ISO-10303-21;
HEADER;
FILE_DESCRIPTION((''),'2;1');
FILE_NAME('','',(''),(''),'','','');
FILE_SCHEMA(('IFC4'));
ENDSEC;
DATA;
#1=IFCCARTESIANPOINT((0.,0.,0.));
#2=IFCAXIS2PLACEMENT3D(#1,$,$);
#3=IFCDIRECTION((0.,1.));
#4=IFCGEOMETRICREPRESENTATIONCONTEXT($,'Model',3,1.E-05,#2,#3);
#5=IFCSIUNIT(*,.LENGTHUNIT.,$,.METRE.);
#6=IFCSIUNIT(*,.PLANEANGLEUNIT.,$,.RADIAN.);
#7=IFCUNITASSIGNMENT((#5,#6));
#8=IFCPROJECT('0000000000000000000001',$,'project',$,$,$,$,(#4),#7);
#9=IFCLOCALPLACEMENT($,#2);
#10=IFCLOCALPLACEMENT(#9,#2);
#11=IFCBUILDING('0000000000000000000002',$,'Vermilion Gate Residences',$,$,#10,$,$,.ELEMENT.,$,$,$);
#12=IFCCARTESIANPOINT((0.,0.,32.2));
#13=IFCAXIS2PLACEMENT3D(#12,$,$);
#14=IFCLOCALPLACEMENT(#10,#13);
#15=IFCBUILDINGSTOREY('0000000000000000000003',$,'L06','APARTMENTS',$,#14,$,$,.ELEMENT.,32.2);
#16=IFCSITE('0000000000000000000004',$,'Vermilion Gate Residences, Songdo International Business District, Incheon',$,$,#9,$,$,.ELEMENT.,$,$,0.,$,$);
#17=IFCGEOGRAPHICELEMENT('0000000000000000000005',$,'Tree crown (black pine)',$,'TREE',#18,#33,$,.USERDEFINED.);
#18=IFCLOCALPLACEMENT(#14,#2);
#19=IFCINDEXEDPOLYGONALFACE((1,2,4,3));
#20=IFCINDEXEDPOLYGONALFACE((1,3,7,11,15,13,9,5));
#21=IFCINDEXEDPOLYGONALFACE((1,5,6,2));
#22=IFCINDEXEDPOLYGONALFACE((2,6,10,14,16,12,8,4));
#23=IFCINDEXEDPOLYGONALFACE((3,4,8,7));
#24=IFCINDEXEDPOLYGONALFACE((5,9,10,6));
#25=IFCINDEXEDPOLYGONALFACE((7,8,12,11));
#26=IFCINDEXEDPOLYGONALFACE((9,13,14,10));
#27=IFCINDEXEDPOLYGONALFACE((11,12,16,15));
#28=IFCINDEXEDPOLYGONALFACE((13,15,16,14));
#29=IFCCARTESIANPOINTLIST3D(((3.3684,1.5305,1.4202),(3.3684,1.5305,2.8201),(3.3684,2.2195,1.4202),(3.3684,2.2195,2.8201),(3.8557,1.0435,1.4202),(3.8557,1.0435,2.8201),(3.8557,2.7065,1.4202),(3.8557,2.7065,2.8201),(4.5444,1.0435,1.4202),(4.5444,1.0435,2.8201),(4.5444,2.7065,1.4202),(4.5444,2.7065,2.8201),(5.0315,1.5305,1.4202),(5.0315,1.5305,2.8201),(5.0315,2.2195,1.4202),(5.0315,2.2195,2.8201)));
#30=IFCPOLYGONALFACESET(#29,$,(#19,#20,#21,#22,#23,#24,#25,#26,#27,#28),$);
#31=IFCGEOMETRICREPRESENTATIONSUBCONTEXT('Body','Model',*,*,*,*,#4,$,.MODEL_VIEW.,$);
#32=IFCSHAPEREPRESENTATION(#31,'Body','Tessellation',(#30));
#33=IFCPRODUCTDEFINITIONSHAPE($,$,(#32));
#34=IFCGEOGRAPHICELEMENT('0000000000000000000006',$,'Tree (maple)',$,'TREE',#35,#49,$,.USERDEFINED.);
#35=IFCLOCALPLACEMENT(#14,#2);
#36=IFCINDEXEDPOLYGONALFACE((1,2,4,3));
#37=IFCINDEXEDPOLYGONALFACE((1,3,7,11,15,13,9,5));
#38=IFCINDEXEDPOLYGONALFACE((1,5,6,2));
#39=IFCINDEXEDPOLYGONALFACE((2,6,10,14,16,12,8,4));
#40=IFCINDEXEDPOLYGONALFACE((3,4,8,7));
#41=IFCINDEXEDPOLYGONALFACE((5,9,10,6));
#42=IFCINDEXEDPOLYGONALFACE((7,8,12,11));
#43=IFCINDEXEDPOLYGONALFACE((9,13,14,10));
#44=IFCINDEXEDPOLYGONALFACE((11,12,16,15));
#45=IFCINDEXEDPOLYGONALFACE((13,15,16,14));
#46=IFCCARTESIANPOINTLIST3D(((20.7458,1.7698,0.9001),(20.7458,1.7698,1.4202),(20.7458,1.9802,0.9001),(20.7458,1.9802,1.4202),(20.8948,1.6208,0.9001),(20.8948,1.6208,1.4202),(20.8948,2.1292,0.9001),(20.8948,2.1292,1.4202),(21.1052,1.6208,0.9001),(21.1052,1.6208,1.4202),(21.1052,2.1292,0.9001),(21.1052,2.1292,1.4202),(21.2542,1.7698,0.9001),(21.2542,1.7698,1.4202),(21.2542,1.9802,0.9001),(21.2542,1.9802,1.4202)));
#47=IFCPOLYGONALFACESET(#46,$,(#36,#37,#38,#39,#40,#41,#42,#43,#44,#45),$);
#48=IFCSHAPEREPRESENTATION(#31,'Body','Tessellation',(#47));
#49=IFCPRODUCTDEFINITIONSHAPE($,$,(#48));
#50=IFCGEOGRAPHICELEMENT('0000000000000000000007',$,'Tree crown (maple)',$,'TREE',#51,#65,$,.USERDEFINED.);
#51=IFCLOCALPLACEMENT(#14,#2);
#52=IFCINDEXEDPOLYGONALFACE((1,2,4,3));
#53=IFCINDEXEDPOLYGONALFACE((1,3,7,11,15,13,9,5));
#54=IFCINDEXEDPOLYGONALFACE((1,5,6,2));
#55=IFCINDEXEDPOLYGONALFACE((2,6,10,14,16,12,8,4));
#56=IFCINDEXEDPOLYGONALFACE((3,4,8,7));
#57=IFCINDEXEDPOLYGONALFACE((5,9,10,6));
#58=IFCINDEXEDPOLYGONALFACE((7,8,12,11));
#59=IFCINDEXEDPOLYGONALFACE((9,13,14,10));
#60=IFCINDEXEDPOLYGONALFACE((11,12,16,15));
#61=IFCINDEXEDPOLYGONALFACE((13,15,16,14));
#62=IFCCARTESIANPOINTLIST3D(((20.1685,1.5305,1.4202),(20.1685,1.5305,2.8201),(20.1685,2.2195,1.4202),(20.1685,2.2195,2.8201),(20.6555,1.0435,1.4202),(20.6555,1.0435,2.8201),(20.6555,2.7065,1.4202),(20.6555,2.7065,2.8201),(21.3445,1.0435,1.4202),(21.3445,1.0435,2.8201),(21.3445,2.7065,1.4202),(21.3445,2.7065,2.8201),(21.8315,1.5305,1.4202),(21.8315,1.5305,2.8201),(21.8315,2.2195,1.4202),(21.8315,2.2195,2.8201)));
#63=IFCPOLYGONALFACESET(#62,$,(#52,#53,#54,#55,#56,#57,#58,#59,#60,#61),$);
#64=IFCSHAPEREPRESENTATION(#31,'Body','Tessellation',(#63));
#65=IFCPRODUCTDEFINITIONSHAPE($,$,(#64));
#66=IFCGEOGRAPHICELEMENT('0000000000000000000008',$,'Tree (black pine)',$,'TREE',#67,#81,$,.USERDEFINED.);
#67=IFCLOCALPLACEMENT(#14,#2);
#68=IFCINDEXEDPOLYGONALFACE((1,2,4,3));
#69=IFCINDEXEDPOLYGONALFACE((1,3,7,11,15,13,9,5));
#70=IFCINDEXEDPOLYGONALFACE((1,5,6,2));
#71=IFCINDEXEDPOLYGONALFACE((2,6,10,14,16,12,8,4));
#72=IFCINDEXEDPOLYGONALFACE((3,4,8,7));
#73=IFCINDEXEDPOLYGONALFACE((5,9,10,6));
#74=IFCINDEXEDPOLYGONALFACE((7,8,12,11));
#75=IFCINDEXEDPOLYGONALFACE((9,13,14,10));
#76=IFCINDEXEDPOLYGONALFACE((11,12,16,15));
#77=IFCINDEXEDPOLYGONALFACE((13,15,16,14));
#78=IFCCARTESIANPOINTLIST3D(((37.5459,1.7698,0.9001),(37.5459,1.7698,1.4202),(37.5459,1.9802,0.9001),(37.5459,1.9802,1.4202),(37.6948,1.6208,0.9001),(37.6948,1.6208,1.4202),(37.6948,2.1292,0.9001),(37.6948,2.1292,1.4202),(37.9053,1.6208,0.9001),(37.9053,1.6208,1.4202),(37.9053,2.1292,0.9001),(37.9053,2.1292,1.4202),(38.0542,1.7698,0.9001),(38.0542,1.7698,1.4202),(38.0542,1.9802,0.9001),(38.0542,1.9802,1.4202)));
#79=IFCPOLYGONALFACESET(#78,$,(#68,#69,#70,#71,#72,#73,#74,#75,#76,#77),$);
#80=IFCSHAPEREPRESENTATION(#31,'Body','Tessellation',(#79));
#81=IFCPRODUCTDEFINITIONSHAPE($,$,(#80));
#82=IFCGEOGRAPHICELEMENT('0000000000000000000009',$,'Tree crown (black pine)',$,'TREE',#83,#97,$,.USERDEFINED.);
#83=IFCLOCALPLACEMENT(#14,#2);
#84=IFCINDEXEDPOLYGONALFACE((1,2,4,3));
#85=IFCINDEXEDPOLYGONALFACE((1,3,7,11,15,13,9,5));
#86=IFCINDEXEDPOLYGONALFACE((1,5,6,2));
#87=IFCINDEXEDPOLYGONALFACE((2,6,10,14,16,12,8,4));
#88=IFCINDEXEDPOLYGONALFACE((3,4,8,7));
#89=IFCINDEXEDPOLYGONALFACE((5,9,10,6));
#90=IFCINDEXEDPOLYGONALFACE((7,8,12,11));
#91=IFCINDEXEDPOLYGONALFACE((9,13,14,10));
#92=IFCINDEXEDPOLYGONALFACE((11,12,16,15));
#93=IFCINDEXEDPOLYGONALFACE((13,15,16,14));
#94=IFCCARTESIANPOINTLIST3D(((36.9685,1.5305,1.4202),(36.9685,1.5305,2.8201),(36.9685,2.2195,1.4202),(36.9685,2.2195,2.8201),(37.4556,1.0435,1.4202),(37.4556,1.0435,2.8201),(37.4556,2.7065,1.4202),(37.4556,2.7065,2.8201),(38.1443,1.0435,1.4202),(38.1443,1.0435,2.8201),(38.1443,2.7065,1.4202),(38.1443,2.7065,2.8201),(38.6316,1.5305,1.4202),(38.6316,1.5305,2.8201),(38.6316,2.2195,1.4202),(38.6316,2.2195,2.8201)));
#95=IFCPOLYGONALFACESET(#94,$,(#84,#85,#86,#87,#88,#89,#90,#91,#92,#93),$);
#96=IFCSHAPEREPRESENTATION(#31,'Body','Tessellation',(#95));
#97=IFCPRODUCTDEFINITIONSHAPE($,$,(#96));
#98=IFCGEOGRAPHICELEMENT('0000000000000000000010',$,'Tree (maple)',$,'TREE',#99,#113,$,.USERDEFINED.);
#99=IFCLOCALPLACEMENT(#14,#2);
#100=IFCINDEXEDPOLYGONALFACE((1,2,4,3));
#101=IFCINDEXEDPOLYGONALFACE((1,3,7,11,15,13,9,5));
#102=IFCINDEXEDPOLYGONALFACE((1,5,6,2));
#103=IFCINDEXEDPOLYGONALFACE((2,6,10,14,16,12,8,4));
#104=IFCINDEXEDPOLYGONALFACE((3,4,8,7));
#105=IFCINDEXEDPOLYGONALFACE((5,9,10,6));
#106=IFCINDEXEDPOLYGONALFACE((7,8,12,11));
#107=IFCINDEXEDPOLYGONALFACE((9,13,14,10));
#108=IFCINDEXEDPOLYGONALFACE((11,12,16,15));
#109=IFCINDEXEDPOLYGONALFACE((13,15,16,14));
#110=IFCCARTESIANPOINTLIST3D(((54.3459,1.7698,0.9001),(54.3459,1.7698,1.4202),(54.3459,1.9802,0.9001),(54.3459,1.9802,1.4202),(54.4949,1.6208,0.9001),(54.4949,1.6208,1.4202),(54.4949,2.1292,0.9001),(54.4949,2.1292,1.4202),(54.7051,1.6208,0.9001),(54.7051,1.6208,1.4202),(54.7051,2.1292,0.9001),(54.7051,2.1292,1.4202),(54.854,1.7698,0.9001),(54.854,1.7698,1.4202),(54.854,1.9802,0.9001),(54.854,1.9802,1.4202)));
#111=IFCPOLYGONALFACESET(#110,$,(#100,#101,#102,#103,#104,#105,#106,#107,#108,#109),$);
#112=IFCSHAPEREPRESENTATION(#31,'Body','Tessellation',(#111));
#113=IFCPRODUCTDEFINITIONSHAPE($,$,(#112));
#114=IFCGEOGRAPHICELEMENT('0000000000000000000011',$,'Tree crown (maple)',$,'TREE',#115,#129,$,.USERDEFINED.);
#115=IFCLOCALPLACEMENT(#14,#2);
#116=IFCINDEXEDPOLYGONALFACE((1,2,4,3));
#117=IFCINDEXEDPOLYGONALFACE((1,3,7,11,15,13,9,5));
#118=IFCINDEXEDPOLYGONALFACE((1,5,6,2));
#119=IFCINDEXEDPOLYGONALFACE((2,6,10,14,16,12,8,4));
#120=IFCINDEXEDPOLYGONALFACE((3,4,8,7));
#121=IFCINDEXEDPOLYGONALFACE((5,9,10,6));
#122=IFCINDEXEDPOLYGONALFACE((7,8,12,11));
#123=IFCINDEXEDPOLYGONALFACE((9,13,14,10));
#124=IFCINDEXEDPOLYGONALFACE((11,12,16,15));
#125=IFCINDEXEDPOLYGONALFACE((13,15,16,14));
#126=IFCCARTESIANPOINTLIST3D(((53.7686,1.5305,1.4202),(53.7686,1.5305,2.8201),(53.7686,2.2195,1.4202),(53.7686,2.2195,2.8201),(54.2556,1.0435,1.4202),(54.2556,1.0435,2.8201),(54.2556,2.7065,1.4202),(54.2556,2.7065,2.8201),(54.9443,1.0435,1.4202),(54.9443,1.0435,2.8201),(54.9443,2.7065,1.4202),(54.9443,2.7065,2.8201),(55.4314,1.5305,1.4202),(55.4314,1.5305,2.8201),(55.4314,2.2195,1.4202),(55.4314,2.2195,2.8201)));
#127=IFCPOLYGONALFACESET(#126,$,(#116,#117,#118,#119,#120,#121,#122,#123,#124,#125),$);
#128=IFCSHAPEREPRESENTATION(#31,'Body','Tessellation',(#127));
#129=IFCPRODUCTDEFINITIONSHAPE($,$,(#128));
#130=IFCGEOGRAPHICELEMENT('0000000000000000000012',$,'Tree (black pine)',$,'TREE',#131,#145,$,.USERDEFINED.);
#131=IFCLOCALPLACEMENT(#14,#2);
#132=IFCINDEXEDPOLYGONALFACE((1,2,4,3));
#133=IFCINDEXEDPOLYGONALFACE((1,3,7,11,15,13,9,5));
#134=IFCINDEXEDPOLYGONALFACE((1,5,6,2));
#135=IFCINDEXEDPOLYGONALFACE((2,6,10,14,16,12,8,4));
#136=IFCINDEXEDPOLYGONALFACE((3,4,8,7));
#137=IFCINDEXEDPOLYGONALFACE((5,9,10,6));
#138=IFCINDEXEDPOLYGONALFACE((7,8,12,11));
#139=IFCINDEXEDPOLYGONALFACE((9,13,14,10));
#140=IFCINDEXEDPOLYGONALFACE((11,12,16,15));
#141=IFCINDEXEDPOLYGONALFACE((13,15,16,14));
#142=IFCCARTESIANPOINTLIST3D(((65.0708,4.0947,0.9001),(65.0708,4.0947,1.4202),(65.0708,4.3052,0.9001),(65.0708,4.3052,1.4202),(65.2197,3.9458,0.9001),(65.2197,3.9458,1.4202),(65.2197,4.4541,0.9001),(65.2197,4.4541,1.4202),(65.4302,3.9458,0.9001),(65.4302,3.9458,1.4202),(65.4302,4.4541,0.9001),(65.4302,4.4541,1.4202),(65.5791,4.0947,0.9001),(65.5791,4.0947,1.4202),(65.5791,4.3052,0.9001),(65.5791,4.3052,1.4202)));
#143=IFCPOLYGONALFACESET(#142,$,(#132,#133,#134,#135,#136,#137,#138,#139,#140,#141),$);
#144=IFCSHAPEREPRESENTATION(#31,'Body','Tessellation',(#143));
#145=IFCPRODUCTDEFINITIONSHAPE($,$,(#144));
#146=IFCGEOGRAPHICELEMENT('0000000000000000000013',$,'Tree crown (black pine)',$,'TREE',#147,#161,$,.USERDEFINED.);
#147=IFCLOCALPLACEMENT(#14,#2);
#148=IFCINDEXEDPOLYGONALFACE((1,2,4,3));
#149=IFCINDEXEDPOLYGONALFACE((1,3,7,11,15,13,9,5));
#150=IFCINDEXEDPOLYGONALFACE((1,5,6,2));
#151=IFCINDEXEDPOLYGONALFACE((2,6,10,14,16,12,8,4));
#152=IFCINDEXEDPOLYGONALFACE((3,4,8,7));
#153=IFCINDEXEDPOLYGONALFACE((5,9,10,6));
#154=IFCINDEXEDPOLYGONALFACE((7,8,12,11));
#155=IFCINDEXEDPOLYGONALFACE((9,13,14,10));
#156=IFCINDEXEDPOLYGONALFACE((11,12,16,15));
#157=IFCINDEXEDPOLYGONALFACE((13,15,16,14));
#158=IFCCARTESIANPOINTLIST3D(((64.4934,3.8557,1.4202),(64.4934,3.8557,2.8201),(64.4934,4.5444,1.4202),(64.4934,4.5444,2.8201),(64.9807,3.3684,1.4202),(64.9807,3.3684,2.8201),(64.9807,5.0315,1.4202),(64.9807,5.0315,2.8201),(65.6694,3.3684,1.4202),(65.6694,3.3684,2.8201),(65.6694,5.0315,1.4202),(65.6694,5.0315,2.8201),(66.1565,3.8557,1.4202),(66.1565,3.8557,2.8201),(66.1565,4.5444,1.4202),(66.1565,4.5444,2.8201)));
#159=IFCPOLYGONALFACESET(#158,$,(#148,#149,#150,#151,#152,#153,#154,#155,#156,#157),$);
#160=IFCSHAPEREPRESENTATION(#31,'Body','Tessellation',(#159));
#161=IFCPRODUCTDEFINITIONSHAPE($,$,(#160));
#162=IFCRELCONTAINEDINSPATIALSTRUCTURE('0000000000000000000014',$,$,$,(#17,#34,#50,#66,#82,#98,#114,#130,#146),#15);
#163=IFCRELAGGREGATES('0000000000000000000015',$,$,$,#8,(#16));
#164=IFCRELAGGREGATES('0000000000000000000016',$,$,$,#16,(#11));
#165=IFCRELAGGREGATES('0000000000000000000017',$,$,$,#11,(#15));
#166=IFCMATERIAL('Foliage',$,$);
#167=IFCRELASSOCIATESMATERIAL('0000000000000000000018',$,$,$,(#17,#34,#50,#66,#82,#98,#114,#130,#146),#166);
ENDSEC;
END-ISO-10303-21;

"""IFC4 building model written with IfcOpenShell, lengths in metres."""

from ifc_helpers import new_model, si_unit, direction, frame, origin, place, context, subcontext, project, spatial, polyline, outline, extrude, material, element, save


model = new_model("IFC4")

# Units and contexts
model_context = context("Model", 3, precision=1e-05, world=origin(), true_north=direction((0.0, 1.0)))
body_context = subcontext(model_context, "Body", "Model", "MODEL_VIEW")
ifc_project = project(units=[si_unit("LENGTHUNIT", "METRE"), si_unit("PLANEANGLEUNIT", "RADIAN")], contexts=[model_context])

# Site, building, storey
site_placement = place(None, origin())
site = spatial("IfcSite", under=ifc_project, at=site_placement, Name="Vermilion Gate Residences, Songdo International Business District, Incheon", CompositionType="ELEMENT", RefElevation=0.0)
building_placement = place(site_placement, origin())
building = spatial("IfcBuilding", under=site, at=building_placement, Name="Vermilion Gate Residences", CompositionType="ELEMENT")
storey_placement = place(building_placement, frame((0.0, 0.0, 32.2)))
storey = spatial("IfcBuildingStorey", under=building, at=storey_placement, Name="L06", Description="APARTMENTS", CompositionType="ELEMENT", Elevation=32.2)

# Geographic elements
ifc_material_1 = material(Name="Foliage")
geographic_element_1_placement = place(storey_placement, frame((0.0, 0.0, 1.4202)))
element("IfcGeographicElement", 1, at=geographic_element_1_placement, inside=storey, material=ifc_material_1, Name="Tree crown (black pine)", ObjectType="TREE", PredefinedType="USERDEFINED", context=body_context, shape_type="SweptSolid", body=[
    extrude(outline(polyline([(5.0315, 2.2195), (4.5444, 2.7065), (3.8557, 2.7065), (3.3684, 2.2195), (3.3684, 1.5305), (3.8557, 1.0435), (4.5444, 1.0435), (5.0315, 1.5305), (5.0315, 2.2195)])), origin(), (0.0, 0.0, 1.0), 1.3999),
])
geographic_element_2_placement = place(storey_placement, frame((0.0, 0.0, 0.9001)))
element("IfcGeographicElement", 2, at=geographic_element_2_placement, inside=storey, material=ifc_material_1, Name="Tree (maple)", ObjectType="TREE", PredefinedType="USERDEFINED", context=body_context, shape_type="SweptSolid", body=[
    extrude(outline(polyline([(21.2542, 1.9802), (21.1052, 2.1292), (20.8948, 2.1292), (20.7458, 1.9802), (20.7458, 1.7698), (20.8948, 1.6208), (21.1052, 1.6208), (21.2542, 1.7698), (21.2542, 1.9802)])), origin(), (0.0, 0.0, 1.0), 0.52),
])
geographic_element_3_placement = place(storey_placement, frame((0.0, 0.0, 1.4202)))
element("IfcGeographicElement", 3, at=geographic_element_3_placement, inside=storey, material=ifc_material_1, Name="Tree crown (maple)", ObjectType="TREE", PredefinedType="USERDEFINED", context=body_context, shape_type="SweptSolid", body=[
    extrude(outline(polyline([(21.8315, 2.2195), (21.3445, 2.7065), (20.6555, 2.7065), (20.1685, 2.2195), (20.1685, 1.5305), (20.6555, 1.0435), (21.3445, 1.0435), (21.8315, 1.5305), (21.8315, 2.2195)])), origin(), (0.0, 0.0, 1.0), 1.3999),
])
geographic_element_4_placement = place(storey_placement, frame((0.0, 0.0, 0.9001)))
element("IfcGeographicElement", 4, at=geographic_element_4_placement, inside=storey, material=ifc_material_1, Name="Tree (black pine)", ObjectType="TREE", PredefinedType="USERDEFINED", context=body_context, shape_type="SweptSolid", body=[
    extrude(outline(polyline([(38.0542, 1.9802), (37.9053, 2.1292), (37.6948, 2.1292), (37.5459, 1.9802), (37.5459, 1.7698), (37.6948, 1.6208), (37.9053, 1.6208), (38.0542, 1.7698), (38.0542, 1.9802)])), origin(), (0.0, 0.0, 1.0), 0.52),
])
geographic_element_5_placement = place(storey_placement, frame((0.0, 0.0, 1.4202)))
element("IfcGeographicElement", 5, at=geographic_element_5_placement, inside=storey, material=ifc_material_1, Name="Tree crown (black pine)", ObjectType="TREE", PredefinedType="USERDEFINED", context=body_context, shape_type="SweptSolid", body=[
    extrude(outline(polyline([(38.6316, 2.2195), (38.1443, 2.7065), (37.4556, 2.7065), (36.9685, 2.2195), (36.9685, 1.5305), (37.4556, 1.0435), (38.1443, 1.0435), (38.6316, 1.5305), (38.6316, 2.2195)])), origin(), (0.0, 0.0, 1.0), 1.3999),
])
geographic_element_6_placement = place(storey_placement, frame((0.0, 0.0, 0.9001)))
element("IfcGeographicElement", 6, at=geographic_element_6_placement, inside=storey, material=ifc_material_1, Name="Tree (maple)", ObjectType="TREE", PredefinedType="USERDEFINED", context=body_context, shape_type="SweptSolid", body=[
    extrude(outline(polyline([(54.854, 1.9802), (54.7051, 2.1292), (54.4949, 2.1292), (54.3459, 1.9802), (54.3459, 1.7698), (54.4949, 1.6208), (54.7051, 1.6208), (54.854, 1.7698), (54.854, 1.9802)])), origin(), (0.0, 0.0, 1.0), 0.52),
])
geographic_element_7_placement = place(storey_placement, frame((0.0, 0.0, 1.4202)))
element("IfcGeographicElement", 7, at=geographic_element_7_placement, inside=storey, material=ifc_material_1, Name="Tree crown (maple)", ObjectType="TREE", PredefinedType="USERDEFINED", context=body_context, shape_type="SweptSolid", body=[
    extrude(outline(polyline([(55.4314, 2.2195), (54.9443, 2.7065), (54.2556, 2.7065), (53.7686, 2.2195), (53.7686, 1.5305), (54.2556, 1.0435), (54.9443, 1.0435), (55.4314, 1.5305), (55.4314, 2.2195)])), origin(), (0.0, 0.0, 1.0), 1.3999),
])
geographic_element_8_placement = place(storey_placement, frame((0.0, 0.0, 0.9001)))
element("IfcGeographicElement", 8, at=geographic_element_8_placement, inside=storey, material=ifc_material_1, Name="Tree (black pine)", ObjectType="TREE", PredefinedType="USERDEFINED", context=body_context, shape_type="SweptSolid", body=[
    extrude(outline(polyline([(65.5791, 4.3052), (65.4302, 4.4541), (65.2197, 4.4541), (65.0708, 4.3052), (65.0708, 4.0947), (65.2197, 3.9458), (65.4302, 3.9458), (65.5791, 4.0947), (65.5791, 4.3052)])), origin(), (0.0, 0.0, 1.0), 0.52),
])
geographic_element_9_placement = place(storey_placement, frame((0.0, 0.0, 1.4202)))
element("IfcGeographicElement", 9, at=geographic_element_9_placement, inside=storey, material=ifc_material_1, Name="Tree crown (black pine)", ObjectType="TREE", PredefinedType="USERDEFINED", context=body_context, shape_type="SweptSolid", body=[
    extrude(outline(polyline([(66.1565, 4.5444), (65.6694, 5.0315), (64.9807, 5.0315), (64.4934, 4.5444), (64.4934, 3.8557), (64.9807, 3.3684), (65.6694, 3.3684), (66.1565, 3.8557), (66.1565, 4.5444)])), origin(), (0.0, 0.0, 1.0), 1.3999),
])

save(model, "model.ifc")
